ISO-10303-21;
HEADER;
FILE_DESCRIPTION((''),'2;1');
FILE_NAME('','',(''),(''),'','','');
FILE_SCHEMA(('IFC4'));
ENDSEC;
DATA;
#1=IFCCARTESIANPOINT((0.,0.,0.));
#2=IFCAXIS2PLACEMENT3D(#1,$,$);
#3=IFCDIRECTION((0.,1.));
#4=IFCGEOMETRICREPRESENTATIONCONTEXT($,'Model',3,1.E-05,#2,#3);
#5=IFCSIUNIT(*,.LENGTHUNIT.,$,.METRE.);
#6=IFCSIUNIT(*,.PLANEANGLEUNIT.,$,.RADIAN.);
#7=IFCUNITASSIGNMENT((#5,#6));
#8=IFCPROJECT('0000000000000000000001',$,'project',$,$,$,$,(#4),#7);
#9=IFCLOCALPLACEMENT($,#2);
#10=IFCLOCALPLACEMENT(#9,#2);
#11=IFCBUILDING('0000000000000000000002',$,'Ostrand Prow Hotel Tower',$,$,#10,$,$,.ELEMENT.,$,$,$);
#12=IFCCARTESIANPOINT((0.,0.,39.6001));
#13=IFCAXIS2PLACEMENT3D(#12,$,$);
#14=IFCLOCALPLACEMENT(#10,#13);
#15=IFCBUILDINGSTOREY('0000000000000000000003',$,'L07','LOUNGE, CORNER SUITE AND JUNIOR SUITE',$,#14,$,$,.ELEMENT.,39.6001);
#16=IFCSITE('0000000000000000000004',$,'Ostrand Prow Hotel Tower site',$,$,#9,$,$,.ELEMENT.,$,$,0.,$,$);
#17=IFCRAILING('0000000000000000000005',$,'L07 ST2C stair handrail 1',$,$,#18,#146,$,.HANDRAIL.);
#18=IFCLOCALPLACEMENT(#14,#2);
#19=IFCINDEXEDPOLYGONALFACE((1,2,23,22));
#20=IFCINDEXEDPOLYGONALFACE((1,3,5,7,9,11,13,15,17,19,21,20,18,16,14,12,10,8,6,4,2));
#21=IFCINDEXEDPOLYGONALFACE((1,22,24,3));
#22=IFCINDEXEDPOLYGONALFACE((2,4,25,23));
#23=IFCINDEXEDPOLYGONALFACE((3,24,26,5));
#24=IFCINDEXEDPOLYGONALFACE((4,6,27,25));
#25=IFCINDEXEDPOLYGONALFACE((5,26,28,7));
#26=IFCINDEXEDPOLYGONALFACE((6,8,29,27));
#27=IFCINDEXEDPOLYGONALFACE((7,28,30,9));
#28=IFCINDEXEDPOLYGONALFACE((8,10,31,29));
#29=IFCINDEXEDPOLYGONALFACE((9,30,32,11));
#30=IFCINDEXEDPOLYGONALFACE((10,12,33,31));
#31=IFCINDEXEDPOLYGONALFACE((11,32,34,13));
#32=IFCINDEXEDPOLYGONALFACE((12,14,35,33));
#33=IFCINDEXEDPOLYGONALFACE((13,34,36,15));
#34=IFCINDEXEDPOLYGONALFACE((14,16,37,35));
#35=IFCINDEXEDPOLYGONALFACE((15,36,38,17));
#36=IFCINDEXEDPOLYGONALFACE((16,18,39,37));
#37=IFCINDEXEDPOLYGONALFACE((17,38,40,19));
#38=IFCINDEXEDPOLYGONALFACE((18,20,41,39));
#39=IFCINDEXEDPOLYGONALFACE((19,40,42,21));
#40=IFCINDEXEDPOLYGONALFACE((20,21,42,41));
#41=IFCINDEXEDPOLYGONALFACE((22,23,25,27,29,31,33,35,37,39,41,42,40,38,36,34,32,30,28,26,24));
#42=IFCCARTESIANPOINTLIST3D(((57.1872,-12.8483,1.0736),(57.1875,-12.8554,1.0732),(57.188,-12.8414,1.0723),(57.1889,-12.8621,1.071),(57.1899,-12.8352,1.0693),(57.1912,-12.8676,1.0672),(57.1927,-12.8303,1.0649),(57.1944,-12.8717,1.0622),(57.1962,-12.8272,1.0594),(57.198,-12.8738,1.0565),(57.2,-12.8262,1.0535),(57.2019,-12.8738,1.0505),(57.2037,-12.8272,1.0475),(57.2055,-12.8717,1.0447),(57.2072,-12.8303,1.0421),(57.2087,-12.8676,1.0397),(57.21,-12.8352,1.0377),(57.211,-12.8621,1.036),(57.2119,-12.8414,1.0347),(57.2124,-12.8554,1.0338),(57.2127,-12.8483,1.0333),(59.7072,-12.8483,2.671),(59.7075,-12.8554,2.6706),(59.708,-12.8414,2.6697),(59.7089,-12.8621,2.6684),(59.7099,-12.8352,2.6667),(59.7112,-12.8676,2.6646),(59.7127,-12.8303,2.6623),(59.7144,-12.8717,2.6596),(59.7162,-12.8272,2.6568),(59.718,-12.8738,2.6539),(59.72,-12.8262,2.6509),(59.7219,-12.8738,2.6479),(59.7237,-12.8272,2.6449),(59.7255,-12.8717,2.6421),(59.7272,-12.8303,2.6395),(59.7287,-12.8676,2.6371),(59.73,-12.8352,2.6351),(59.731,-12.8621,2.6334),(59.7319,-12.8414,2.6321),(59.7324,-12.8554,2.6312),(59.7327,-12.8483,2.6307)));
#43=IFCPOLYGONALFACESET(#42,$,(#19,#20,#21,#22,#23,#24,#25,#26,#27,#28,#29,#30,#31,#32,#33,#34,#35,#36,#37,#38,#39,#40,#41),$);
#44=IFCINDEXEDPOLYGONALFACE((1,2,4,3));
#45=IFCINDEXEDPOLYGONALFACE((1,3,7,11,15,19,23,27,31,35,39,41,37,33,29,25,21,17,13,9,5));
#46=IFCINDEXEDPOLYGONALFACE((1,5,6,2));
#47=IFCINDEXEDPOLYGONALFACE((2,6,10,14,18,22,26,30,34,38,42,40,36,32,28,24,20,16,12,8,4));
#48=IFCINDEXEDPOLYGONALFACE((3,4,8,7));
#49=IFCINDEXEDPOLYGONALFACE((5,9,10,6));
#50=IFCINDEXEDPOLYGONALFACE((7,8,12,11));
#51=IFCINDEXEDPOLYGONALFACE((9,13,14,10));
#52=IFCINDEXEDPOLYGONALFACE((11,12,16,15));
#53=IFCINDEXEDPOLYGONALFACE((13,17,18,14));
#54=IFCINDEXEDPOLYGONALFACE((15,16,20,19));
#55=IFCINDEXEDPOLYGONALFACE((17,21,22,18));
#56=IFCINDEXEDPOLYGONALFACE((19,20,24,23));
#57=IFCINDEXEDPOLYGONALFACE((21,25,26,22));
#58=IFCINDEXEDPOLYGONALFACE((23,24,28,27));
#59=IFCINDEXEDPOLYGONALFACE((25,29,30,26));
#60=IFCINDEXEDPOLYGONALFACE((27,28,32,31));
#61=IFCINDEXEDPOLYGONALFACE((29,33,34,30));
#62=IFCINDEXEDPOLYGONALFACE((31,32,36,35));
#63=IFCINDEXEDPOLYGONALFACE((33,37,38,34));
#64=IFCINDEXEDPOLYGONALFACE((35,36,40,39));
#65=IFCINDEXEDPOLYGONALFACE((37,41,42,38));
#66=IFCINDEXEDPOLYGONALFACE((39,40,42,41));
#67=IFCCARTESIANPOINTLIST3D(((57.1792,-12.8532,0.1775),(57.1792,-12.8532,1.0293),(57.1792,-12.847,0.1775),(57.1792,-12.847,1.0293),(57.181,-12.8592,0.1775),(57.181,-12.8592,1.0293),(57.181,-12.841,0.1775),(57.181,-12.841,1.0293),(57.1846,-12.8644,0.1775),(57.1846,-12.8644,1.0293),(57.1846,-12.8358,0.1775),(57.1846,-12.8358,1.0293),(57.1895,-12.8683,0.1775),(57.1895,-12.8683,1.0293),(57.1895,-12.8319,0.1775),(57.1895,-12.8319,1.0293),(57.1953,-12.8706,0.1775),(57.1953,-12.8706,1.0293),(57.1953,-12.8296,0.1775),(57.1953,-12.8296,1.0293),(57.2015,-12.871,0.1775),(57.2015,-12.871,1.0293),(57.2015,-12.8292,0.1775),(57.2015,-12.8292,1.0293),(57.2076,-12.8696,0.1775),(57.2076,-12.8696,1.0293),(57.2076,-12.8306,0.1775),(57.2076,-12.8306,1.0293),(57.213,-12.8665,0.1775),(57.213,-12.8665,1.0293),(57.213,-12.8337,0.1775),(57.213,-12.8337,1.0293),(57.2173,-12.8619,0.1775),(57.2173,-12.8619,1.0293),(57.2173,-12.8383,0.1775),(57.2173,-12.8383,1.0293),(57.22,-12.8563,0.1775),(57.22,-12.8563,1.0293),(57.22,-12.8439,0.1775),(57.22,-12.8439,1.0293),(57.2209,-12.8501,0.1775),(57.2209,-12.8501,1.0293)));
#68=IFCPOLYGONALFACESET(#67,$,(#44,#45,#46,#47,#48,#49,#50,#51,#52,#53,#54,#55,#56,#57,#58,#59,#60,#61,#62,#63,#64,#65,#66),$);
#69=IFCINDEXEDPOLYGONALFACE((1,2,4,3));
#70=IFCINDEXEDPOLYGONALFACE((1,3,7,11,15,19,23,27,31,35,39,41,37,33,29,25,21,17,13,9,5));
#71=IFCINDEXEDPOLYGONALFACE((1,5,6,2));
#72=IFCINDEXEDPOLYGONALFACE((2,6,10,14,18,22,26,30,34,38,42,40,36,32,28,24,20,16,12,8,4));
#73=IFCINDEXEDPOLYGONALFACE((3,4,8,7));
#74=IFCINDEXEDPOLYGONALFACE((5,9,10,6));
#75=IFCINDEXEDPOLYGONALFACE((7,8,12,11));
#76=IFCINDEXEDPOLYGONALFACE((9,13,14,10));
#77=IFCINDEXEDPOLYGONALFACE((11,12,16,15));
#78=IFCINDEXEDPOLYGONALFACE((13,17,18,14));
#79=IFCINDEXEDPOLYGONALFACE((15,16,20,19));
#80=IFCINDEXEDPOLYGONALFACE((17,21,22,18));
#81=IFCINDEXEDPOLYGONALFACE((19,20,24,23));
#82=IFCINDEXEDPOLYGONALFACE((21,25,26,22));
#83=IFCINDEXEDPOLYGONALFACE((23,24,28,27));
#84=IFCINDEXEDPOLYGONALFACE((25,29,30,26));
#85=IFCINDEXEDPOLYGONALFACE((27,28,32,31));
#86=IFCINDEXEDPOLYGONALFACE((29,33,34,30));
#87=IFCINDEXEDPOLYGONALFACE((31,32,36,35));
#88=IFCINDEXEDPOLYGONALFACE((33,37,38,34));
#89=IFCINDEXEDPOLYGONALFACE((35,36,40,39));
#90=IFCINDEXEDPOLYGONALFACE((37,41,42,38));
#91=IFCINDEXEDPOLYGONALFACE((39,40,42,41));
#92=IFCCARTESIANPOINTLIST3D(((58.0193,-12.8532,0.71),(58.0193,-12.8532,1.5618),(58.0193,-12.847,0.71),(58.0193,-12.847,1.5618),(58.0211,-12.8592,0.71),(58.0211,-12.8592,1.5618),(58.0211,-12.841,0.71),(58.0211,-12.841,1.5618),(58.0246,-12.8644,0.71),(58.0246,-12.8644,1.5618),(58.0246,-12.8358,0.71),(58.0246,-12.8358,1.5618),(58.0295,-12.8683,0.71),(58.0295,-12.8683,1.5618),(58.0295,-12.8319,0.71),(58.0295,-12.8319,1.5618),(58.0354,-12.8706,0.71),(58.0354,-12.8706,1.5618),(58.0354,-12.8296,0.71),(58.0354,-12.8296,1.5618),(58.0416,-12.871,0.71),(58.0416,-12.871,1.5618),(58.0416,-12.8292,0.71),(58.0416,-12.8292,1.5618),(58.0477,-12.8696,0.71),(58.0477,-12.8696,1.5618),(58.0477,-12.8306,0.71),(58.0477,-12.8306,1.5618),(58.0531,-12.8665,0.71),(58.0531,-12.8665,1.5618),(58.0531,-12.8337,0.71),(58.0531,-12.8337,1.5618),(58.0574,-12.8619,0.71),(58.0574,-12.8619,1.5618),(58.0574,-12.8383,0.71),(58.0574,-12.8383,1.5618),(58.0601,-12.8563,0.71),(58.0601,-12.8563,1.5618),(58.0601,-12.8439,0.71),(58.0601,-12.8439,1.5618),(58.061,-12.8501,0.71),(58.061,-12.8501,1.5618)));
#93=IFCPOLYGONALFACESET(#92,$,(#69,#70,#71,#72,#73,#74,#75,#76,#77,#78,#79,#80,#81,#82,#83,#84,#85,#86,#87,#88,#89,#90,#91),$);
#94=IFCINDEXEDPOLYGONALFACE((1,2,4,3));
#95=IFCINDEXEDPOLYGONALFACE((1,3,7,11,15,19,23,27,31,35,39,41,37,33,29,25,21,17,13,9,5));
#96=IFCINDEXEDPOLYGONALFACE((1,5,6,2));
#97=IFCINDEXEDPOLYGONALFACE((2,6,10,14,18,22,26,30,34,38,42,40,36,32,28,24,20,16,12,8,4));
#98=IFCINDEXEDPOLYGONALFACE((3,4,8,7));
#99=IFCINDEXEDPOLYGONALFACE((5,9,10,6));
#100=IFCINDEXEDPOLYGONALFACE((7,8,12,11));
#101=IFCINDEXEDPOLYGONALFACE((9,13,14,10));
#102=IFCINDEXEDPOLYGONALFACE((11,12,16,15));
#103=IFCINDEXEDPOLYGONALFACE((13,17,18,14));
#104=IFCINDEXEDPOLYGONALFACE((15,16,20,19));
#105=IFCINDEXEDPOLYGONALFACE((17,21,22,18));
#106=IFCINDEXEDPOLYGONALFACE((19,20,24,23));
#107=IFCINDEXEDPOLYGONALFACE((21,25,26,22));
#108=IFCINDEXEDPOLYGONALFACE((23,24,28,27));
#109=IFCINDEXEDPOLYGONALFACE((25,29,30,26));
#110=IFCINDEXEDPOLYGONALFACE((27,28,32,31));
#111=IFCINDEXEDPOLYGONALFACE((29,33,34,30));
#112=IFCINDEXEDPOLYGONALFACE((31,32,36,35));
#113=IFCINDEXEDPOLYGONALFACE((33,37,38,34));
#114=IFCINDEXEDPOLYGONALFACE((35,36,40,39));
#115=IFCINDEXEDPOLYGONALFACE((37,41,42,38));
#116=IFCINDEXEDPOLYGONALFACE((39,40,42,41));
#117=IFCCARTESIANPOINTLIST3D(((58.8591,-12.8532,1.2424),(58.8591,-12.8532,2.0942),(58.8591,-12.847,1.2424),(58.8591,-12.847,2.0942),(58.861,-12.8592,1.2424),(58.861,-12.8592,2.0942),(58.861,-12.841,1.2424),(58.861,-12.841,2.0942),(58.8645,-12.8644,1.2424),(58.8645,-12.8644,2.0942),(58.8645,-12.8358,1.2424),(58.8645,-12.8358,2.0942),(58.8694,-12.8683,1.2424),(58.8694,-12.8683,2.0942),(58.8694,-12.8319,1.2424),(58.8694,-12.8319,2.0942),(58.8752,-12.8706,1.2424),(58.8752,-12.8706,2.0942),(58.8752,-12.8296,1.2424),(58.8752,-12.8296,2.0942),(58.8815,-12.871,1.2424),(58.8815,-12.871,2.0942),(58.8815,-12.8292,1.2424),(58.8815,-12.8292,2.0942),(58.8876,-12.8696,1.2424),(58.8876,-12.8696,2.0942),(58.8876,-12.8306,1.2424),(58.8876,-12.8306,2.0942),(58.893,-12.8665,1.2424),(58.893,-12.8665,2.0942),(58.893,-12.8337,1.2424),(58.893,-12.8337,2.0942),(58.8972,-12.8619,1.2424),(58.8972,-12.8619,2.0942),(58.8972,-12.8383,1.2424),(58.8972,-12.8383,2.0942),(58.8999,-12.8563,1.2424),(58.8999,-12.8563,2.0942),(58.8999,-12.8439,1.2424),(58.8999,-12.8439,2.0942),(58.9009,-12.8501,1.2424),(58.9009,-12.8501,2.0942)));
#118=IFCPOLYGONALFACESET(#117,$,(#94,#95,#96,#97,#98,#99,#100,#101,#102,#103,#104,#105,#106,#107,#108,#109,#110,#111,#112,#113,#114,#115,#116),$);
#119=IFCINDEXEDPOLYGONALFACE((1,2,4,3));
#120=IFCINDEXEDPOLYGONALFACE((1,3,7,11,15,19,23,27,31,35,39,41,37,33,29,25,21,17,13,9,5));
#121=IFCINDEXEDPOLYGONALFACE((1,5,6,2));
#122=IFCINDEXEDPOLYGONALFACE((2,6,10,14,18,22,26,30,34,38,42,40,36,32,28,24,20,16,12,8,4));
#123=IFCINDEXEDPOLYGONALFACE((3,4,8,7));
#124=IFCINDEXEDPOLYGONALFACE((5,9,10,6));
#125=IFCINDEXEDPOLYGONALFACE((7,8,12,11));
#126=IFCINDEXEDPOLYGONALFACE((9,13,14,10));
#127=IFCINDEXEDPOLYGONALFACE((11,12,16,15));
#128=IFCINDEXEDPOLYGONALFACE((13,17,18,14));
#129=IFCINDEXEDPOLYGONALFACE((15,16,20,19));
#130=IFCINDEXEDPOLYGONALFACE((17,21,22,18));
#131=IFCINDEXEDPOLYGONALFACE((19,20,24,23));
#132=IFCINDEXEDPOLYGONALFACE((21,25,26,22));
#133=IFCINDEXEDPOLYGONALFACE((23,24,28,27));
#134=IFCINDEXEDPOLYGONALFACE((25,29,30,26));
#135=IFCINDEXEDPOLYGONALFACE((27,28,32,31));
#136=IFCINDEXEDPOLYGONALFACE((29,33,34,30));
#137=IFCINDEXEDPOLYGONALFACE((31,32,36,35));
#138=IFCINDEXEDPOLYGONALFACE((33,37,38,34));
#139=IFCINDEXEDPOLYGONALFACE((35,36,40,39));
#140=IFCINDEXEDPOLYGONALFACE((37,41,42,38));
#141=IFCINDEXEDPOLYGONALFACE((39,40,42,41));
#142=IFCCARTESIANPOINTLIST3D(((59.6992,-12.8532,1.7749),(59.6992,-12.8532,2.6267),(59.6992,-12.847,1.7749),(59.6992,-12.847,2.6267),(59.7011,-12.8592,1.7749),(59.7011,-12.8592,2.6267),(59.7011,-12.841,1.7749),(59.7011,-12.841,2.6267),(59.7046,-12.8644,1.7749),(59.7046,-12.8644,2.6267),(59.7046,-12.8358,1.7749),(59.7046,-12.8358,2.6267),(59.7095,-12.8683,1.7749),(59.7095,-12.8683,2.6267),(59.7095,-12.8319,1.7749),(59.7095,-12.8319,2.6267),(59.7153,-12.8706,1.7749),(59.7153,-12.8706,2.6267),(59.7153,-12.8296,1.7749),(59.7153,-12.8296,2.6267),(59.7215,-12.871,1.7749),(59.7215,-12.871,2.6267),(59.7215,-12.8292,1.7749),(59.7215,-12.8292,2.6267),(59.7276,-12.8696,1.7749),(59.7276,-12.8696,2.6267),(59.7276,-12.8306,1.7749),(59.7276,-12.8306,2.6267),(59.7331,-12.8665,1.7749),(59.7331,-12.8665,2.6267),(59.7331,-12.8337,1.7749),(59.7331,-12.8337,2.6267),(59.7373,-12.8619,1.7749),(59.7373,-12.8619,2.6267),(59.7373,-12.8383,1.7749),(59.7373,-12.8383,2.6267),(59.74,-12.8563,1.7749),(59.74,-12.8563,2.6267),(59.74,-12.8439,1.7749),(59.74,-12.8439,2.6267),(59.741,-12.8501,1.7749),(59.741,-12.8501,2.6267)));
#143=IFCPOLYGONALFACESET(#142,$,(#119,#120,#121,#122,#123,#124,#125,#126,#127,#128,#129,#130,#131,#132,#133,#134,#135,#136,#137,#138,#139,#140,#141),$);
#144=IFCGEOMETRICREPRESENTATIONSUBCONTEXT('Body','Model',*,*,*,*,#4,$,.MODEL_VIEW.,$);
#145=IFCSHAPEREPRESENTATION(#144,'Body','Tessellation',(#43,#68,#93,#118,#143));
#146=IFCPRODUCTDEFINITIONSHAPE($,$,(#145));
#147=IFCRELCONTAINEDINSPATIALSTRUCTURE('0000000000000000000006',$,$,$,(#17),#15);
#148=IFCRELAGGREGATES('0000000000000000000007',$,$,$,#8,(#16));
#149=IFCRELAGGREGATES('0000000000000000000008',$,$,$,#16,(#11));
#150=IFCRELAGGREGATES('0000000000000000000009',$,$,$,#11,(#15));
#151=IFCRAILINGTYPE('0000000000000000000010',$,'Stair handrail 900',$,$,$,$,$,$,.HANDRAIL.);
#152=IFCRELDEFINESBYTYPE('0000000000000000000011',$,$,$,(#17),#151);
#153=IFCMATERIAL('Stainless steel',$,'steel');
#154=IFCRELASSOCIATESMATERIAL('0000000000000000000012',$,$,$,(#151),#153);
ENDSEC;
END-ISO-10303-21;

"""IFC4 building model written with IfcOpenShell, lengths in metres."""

from ifc_helpers import new_model, si_unit, direction, frame, origin, origin_2d, place, context, subcontext, project, spatial, circle, extrude, material, type_object, element, save


model = new_model("IFC4")

# Units and contexts
model_context = context("Model", 3, precision=1e-05, world=origin(), true_north=direction((0.0, 1.0)))
body_context = subcontext(model_context, "Body", "Model", "MODEL_VIEW")
ifc_project = project(units=[si_unit("LENGTHUNIT", "METRE"), si_unit("PLANEANGLEUNIT", "RADIAN")], contexts=[model_context])

# Site, building, storey
site_placement = place(None, origin())
site = spatial("IfcSite", under=ifc_project, at=site_placement, Name="Ostrand Prow Hotel Tower site", CompositionType="ELEMENT", RefElevation=0.0)
building_placement = place(site_placement, origin())
building = spatial("IfcBuilding", under=site, at=building_placement, Name="Ostrand Prow Hotel Tower", CompositionType="ELEMENT")
storey_placement = place(building_placement, frame((0.0, 0.0, 39.6001)))
storey = spatial("IfcBuildingStorey", under=building, at=storey_placement, Name="L07", Description="LOUNGE, CORNER SUITE AND JUNIOR SUITE", CompositionType="ELEMENT", Elevation=39.6001)

# Railing
ifc_material_1 = material(Name="Stainless steel", Category="steel")
railing_type_1 = type_object("IfcRailingType", Name="Stair handrail 900", PredefinedType="HANDRAIL", material=ifc_material_1)
railing_1_placement = place(storey_placement, frame((57.2, -12.8501, 0.1775)))
element("IfcRailing", 1, at=railing_1_placement, inside=storey, type_object=railing_type_1, Name="L07 ST2C stair handrail 1", PredefinedType="HANDRAIL", context=body_context, shape_type="SweptSolid", body=[
    extrude(circle(Radius=0.0239, at=origin_2d()), frame((0.0, 0.0, 0.876), z_axis=(0.844607, 0.0, 0.535387), x_axis=(0.0, 1.0, 0.0)), (0.0, 0.0, 1.0), 2.9836),
    extrude(circle(Radius=0.021, at=origin_2d()), origin(), (0.0, 0.0, 1.0), 0.8518),
    extrude(circle(Radius=0.021, at=origin_2d()), frame((0.8401, 0.0, 0.5325)), (0.0, 0.0, 1.0), 0.8518),
    extrude(circle(Radius=0.021, at=origin_2d()), frame((1.6799, 0.0, 1.0649)), (0.0, 0.0, 1.0), 0.8518),
    extrude(circle(Radius=0.021, at=origin_2d()), frame((2.52, 0.0, 1.5974)), (0.0, 0.0, 1.0), 0.8518),
])

save(model, "model.ifc")
